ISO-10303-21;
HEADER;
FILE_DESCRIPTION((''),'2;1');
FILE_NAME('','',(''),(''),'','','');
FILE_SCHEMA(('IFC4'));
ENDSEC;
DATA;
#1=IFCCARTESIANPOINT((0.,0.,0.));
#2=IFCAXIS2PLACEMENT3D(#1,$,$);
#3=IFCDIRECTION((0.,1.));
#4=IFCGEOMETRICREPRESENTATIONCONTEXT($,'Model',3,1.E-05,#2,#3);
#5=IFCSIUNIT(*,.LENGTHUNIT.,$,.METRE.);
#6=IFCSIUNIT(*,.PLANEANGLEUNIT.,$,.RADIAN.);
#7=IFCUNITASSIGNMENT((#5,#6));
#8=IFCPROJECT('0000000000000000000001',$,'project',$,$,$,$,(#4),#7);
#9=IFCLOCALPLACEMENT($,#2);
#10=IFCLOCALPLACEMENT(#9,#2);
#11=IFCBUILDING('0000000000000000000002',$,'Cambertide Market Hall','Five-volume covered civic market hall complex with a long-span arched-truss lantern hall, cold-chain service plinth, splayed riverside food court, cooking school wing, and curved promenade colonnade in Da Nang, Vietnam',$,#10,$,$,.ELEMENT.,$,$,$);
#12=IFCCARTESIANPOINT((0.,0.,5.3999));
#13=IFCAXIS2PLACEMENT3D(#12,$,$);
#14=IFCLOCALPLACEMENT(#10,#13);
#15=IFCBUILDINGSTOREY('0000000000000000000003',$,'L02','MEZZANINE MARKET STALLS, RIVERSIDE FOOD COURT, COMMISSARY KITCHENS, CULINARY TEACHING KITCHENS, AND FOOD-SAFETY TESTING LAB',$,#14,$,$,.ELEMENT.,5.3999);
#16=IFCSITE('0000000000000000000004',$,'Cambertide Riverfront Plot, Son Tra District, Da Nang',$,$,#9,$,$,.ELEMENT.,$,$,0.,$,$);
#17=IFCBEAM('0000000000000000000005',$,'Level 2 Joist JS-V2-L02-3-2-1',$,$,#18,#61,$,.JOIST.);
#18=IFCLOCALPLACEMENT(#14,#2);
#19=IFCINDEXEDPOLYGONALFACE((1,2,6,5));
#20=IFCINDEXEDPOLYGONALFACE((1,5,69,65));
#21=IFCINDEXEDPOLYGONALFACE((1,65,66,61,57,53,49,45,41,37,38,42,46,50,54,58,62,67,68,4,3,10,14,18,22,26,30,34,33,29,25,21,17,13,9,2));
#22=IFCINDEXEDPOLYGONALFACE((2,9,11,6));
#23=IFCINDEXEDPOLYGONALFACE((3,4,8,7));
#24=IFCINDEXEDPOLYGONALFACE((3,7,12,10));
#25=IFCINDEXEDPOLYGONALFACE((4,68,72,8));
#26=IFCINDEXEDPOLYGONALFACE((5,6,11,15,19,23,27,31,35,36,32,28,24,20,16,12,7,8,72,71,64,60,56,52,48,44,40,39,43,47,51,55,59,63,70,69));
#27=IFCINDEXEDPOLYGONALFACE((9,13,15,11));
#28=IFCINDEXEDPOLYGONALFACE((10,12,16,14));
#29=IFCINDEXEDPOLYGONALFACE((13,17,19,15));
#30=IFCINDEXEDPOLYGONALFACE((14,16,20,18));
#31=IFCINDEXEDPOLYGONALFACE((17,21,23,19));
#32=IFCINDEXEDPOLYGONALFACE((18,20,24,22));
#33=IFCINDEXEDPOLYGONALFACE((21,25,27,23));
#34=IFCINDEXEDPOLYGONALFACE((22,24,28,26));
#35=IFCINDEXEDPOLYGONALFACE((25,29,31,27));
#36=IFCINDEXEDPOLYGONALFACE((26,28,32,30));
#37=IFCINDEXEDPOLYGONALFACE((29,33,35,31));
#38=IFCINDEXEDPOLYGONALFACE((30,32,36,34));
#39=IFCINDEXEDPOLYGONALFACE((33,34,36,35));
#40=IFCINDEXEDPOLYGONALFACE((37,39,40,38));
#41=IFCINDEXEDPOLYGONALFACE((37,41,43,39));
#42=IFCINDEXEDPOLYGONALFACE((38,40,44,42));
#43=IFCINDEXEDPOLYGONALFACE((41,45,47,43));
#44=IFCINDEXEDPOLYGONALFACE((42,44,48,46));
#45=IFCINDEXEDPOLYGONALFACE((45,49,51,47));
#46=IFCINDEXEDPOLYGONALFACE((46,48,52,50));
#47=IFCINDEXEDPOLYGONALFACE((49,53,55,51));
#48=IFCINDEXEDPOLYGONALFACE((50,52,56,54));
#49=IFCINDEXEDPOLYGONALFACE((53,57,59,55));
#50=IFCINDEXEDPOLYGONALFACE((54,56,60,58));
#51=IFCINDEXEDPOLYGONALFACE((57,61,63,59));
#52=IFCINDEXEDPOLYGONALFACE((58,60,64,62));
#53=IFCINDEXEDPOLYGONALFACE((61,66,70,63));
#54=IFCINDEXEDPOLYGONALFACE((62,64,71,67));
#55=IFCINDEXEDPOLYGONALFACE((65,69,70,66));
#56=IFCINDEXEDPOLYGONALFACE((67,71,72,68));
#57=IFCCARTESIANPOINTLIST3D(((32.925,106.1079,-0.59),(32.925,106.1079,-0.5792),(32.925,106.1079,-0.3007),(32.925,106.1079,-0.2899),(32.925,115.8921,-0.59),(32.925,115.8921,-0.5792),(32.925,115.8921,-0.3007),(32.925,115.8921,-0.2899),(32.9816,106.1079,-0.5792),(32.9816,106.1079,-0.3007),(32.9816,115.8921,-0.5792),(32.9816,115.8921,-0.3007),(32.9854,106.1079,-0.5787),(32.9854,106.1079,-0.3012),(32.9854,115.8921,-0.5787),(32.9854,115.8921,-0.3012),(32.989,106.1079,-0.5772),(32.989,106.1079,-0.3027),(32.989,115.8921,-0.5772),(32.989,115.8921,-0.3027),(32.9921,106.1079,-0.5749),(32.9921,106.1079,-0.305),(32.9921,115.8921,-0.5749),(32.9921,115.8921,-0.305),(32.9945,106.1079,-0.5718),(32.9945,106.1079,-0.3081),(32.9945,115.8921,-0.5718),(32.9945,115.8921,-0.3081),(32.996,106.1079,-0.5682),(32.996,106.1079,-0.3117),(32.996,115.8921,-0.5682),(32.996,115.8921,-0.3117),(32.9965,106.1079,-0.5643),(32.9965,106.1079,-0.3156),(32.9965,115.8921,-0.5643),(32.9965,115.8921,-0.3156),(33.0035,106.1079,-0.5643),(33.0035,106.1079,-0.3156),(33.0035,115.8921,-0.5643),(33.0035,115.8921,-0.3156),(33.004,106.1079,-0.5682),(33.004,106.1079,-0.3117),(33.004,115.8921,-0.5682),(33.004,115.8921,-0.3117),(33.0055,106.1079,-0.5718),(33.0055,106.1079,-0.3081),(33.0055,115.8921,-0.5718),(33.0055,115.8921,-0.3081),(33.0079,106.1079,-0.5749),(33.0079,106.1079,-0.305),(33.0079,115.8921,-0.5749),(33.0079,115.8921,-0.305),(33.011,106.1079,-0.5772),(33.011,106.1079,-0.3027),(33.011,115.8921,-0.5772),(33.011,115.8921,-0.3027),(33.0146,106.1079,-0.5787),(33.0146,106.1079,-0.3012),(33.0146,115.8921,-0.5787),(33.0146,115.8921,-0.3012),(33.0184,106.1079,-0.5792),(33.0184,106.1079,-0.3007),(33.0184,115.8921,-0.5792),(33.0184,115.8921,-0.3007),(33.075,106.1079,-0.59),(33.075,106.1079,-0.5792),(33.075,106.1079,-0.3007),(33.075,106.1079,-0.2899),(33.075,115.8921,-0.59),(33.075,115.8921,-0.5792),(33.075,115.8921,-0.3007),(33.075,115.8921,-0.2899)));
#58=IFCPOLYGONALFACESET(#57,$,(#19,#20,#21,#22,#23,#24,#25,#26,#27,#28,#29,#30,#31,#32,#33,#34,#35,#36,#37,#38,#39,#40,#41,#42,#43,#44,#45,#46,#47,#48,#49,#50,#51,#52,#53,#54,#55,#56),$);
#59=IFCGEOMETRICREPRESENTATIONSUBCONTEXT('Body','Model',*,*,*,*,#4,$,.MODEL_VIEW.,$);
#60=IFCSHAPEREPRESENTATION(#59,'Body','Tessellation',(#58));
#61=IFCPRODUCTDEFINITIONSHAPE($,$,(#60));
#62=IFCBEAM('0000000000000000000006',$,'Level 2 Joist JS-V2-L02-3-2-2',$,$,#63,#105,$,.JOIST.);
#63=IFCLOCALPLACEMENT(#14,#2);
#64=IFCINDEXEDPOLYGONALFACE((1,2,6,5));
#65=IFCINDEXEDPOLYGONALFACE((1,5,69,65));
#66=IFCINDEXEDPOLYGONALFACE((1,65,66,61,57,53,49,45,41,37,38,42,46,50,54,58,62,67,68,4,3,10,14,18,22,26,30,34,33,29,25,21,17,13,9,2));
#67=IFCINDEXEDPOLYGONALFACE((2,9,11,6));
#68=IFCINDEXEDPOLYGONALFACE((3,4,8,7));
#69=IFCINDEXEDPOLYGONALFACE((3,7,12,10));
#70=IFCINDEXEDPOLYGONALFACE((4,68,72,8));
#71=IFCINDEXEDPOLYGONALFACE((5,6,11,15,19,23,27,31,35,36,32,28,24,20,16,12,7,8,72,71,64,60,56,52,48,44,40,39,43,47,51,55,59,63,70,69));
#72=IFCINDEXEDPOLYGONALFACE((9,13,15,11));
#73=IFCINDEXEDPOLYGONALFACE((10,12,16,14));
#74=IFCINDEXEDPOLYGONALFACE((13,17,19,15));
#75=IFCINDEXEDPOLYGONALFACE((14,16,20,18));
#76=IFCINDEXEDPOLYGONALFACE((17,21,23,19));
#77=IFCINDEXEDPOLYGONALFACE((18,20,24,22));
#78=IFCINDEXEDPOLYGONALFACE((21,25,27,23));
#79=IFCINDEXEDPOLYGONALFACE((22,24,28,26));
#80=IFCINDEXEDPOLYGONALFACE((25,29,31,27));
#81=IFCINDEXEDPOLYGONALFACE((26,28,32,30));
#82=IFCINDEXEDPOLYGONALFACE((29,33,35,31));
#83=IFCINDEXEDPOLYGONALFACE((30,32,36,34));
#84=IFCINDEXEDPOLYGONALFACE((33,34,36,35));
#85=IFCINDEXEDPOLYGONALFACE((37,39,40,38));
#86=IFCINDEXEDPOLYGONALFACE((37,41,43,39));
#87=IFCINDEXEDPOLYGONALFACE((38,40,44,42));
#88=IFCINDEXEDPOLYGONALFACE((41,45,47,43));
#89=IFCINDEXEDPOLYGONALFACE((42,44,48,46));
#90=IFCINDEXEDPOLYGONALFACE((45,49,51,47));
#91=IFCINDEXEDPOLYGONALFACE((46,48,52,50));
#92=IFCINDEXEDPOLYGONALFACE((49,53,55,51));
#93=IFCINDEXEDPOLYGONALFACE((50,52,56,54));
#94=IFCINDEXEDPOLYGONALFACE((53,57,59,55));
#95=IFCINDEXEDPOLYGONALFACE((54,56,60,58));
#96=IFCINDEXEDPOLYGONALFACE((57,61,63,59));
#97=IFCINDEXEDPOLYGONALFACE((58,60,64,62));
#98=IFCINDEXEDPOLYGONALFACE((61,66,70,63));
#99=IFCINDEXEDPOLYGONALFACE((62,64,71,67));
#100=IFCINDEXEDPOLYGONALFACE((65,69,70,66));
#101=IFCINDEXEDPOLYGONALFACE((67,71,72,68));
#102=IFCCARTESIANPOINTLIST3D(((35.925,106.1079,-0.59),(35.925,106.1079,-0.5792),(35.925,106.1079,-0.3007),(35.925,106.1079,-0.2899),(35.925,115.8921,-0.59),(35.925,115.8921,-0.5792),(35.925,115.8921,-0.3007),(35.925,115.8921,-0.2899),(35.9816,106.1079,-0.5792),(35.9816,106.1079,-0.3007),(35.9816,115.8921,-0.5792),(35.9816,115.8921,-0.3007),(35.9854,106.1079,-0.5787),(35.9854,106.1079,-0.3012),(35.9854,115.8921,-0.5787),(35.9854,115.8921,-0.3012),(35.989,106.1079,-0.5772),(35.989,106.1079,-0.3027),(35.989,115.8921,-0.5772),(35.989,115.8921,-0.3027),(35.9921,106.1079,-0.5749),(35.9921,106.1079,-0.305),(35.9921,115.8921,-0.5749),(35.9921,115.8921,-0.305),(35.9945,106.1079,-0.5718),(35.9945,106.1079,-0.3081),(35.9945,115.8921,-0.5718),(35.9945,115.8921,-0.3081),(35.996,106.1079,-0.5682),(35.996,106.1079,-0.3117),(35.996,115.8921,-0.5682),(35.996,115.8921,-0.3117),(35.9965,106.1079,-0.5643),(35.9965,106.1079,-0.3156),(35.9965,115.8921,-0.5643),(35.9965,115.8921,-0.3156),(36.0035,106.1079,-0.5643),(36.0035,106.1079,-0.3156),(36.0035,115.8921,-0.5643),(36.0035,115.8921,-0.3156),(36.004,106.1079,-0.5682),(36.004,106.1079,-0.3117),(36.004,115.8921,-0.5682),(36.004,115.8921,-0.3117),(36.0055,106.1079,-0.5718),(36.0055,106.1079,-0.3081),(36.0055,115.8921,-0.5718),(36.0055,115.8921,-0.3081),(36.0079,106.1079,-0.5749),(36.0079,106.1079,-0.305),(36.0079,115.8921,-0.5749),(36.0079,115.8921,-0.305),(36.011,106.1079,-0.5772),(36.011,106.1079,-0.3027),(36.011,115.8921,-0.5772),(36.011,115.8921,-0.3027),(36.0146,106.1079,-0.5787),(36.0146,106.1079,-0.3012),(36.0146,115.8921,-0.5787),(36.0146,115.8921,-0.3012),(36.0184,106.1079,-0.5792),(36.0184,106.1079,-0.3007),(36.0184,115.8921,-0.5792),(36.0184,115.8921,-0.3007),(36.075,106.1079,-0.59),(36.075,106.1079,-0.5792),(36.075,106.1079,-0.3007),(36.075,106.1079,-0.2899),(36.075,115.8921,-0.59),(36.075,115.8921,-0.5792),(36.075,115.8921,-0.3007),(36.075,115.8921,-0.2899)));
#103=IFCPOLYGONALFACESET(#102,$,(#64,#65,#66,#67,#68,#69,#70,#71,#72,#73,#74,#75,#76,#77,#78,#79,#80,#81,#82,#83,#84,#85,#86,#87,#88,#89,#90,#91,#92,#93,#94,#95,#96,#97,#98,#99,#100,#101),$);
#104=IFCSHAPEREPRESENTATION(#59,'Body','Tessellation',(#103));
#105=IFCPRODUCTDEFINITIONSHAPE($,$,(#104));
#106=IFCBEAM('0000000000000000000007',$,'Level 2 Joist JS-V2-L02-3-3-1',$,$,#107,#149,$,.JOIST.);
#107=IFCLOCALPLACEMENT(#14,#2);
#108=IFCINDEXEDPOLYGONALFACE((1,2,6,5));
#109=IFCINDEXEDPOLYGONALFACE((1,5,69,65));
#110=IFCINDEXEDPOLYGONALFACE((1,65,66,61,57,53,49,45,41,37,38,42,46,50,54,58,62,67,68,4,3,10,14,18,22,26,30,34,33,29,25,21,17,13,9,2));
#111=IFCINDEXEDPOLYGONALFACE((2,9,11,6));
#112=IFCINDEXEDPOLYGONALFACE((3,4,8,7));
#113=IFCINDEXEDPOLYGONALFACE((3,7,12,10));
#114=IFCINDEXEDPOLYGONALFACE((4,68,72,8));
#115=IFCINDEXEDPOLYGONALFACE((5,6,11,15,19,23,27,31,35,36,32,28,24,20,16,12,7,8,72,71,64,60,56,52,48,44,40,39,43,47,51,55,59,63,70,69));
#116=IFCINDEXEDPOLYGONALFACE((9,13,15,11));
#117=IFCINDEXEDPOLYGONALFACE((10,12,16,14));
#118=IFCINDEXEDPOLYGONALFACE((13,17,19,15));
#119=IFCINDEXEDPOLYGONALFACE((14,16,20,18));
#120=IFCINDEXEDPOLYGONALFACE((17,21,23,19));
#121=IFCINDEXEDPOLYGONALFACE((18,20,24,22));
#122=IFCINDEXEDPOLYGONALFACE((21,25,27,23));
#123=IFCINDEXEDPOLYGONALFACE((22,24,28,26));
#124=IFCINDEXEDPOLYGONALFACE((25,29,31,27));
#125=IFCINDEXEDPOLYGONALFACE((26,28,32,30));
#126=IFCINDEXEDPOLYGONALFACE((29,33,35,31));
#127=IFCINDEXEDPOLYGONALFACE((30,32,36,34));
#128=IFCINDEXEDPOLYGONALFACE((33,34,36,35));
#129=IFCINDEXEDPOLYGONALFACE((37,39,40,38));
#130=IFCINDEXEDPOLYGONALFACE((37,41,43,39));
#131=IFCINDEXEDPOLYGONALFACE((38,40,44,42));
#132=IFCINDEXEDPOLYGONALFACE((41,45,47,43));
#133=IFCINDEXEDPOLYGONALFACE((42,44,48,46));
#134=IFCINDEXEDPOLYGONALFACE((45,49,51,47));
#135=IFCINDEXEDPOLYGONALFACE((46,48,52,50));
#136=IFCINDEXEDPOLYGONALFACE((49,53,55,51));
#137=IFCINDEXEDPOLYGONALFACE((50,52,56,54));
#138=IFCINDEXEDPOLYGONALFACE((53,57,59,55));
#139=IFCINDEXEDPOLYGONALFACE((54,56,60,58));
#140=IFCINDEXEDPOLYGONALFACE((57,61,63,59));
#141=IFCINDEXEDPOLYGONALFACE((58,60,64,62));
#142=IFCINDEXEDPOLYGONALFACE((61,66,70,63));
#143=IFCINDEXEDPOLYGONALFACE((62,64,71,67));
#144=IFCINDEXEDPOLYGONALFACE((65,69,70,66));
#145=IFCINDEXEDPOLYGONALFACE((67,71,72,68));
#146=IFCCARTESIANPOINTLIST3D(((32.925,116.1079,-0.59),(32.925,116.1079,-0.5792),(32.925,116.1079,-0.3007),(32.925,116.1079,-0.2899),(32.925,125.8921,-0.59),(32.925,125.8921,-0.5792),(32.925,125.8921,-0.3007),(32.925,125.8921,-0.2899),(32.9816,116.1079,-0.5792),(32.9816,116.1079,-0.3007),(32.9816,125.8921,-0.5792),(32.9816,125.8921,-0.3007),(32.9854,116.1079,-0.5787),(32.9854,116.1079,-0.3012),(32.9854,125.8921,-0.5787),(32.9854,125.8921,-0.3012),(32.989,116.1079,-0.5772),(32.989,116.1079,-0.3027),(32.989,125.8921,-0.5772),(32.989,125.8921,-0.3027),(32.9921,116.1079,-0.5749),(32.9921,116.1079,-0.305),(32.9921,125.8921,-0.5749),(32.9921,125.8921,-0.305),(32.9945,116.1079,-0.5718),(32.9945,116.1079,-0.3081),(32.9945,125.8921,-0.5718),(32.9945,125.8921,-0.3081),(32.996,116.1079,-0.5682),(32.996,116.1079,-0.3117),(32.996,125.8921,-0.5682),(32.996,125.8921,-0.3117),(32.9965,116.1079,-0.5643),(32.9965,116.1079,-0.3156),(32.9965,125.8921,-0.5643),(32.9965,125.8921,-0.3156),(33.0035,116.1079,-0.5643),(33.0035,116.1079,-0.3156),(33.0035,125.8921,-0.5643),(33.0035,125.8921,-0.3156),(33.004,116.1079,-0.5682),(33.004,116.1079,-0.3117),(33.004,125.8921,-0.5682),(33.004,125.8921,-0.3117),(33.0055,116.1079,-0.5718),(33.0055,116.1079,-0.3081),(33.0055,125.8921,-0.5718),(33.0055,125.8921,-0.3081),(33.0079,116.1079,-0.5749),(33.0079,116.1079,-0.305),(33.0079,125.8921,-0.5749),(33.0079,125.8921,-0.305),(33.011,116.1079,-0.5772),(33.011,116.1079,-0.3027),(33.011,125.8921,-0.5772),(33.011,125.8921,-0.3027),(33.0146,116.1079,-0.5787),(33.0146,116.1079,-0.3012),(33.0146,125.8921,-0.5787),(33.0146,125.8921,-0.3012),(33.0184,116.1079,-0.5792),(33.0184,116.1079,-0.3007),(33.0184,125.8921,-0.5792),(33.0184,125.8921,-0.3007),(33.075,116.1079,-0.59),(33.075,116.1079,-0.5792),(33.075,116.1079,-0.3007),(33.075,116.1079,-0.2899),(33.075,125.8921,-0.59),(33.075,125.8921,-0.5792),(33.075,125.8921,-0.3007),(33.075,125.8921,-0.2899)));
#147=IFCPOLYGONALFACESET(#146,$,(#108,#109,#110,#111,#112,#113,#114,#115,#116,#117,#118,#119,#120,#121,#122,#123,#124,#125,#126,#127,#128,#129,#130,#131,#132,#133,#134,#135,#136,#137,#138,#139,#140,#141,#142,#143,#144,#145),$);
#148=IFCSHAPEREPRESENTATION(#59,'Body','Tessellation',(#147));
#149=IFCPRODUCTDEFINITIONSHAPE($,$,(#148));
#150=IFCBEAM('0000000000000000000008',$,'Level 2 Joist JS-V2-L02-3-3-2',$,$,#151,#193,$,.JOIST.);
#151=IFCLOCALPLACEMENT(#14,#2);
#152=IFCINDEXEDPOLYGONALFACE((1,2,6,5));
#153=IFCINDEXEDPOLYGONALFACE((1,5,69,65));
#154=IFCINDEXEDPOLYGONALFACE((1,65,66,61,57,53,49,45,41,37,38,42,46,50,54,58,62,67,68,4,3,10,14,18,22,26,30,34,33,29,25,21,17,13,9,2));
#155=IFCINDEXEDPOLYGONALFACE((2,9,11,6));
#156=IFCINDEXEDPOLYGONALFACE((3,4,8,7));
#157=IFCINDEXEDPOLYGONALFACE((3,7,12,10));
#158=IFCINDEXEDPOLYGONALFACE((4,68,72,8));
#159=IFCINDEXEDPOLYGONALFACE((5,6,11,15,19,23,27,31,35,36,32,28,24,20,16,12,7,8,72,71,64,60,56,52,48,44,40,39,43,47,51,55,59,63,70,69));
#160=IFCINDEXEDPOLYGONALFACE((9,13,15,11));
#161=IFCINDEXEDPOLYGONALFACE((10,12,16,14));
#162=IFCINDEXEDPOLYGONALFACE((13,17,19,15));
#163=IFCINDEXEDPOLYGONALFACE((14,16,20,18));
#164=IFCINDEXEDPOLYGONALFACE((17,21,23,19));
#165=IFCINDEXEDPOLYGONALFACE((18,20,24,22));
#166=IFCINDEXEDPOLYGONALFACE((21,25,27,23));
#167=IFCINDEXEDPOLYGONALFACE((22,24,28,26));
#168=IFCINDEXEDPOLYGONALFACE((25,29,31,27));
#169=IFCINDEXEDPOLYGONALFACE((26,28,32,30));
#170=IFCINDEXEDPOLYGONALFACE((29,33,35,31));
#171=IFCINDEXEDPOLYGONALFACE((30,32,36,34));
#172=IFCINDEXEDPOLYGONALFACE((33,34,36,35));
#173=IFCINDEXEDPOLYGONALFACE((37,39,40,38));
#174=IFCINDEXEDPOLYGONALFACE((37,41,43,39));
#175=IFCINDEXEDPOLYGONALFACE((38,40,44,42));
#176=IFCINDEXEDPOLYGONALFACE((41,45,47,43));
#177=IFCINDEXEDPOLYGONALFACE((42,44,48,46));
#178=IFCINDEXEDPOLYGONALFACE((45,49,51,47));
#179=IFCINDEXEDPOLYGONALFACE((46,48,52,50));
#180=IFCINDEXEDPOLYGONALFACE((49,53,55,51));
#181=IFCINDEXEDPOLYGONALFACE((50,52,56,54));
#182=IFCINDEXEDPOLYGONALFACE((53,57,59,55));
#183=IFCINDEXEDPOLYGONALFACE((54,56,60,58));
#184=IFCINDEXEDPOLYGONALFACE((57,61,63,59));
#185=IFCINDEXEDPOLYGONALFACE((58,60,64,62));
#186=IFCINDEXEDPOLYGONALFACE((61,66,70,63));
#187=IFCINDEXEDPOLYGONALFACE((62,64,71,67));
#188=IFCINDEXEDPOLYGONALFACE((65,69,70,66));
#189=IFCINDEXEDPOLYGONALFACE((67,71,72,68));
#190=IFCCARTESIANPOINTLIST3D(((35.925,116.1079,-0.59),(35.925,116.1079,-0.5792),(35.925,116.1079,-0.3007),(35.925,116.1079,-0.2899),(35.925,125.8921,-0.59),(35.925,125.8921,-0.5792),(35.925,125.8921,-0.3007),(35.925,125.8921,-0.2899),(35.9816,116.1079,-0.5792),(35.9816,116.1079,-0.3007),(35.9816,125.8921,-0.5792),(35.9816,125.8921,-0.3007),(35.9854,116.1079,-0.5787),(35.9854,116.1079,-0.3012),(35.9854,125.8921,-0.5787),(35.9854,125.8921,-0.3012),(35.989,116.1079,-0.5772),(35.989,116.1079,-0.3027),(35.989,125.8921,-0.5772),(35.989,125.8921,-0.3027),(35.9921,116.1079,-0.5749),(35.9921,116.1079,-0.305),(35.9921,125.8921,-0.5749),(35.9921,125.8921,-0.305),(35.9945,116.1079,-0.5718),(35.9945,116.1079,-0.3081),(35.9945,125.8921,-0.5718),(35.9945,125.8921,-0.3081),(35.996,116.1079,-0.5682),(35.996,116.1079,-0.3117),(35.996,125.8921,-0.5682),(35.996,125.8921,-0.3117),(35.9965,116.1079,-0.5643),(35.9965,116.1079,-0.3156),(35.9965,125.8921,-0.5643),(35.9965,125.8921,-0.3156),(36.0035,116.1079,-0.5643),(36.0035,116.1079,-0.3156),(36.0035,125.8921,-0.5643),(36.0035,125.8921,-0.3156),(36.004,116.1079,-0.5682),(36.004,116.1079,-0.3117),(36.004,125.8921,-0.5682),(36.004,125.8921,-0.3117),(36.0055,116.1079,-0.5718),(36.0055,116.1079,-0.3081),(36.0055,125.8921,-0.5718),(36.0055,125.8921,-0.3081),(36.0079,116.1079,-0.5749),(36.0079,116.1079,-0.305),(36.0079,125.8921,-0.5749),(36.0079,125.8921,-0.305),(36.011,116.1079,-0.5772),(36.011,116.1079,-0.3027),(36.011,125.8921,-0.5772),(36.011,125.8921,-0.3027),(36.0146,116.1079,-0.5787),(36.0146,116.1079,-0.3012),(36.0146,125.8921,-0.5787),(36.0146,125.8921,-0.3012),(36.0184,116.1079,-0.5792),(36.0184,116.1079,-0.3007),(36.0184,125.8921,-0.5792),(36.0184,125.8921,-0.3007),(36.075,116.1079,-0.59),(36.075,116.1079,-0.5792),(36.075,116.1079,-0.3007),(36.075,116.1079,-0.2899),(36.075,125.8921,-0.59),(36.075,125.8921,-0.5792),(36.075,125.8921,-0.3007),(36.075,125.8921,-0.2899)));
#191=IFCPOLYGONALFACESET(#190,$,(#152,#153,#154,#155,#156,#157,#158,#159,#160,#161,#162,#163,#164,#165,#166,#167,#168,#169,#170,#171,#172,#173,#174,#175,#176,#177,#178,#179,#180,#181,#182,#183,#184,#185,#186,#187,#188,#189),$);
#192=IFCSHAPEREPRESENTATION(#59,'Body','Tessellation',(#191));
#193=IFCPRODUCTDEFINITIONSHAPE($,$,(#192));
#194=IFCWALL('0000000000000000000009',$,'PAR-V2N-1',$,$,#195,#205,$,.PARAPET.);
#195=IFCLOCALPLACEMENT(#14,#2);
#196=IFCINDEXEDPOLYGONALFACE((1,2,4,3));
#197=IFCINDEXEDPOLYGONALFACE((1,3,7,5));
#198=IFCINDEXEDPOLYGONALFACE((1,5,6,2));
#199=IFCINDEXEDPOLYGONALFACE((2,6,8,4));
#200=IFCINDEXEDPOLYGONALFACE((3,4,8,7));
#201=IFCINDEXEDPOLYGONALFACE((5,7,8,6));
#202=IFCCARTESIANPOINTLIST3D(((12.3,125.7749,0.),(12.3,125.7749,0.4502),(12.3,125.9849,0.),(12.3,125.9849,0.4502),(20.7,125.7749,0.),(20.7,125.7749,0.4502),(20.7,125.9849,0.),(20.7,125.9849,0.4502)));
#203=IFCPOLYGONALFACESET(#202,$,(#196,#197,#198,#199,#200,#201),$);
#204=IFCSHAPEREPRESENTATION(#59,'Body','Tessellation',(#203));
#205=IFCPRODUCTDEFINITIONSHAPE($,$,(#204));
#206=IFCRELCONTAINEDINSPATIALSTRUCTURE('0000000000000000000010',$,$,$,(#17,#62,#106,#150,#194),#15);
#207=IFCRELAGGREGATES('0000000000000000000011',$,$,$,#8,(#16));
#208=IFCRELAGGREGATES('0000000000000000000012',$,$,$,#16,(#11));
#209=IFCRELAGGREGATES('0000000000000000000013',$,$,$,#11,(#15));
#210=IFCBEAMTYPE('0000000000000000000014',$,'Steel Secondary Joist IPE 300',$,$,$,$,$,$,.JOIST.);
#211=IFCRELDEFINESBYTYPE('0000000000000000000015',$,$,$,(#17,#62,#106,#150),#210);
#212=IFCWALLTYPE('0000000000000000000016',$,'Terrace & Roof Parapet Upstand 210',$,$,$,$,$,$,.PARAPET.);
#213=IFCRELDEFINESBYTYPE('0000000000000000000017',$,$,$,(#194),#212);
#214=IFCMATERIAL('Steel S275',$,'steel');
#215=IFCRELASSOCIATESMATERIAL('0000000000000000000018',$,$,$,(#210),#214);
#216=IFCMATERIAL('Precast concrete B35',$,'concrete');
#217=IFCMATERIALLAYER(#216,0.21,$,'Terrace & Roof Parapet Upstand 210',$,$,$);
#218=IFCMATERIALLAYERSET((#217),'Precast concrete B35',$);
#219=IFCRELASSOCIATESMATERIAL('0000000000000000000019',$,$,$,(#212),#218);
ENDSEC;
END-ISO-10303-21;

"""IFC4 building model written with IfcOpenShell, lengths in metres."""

from ifc_helpers import new_model, si_unit, direction, frame, frame_2d, origin, origin_2d, place, context, subcontext, project, spatial, rectangle, i_section, extrude, material, layer, layer_set, material_profile, profile_set, type_object, element, save


model = new_model("IFC4")

# Units and contexts
model_context = context("Model", 3, precision=1e-05, world=origin(), true_north=direction((0.0, 1.0)))
body_context = subcontext(model_context, "Body", "Model", "MODEL_VIEW")
ifc_project = project(units=[si_unit("LENGTHUNIT", "METRE"), si_unit("PLANEANGLEUNIT", "RADIAN")], contexts=[model_context])

# Site, building, storey
site_placement = place(None, origin())
site = spatial("IfcSite", under=ifc_project, at=site_placement, Name="Cambertide Riverfront Plot, Son Tra District, Da Nang", CompositionType="ELEMENT", RefElevation=0.0)
building_placement = place(site_placement, origin())
building = spatial("IfcBuilding", under=site, at=building_placement, Name="Cambertide Market Hall", Description="Five-volume covered civic market hall complex with a long-span arched-truss lantern hall, cold-chain service plinth, splayed riverside food court, cooking school wing, and curved promenade colonnade in Da Nang, Vietnam", CompositionType="ELEMENT")
storey_placement = place(building_placement, frame((0.0, 0.0, 5.3999)))
storey = spatial("IfcBuildingStorey", under=building, at=storey_placement, Name="L02", Description="MEZZANINE MARKET STALLS, RIVERSIDE FOOD COURT, COMMISSARY KITCHENS, CULINARY TEACHING KITCHENS, AND FOOD-SAFETY TESTING LAB", CompositionType="ELEMENT", Elevation=5.3999)

# Beams
ifc_material_1 = material(Name="Steel S275", Category="steel")
ifc_material_profile_1 = material_profile(ifc_material_1, i_section(OverallWidth=0.1499, OverallDepth=0.3, WebThickness=0.0071, FlangeThickness=0.0107, FilletRadius=0.0149, at=origin_2d()), Name="IPE 300")
ifc_profile_set_1 = profile_set([ifc_material_profile_1], Name="Steel S275")
beam_type_1 = type_object("IfcBeamType", Name="Steel Secondary Joist IPE 300", PredefinedType="JOIST", material=ifc_profile_set_1)
for number, where, z_axis, x_axis, name in (
    (1, (33.0, 106.1079, -0.4399), (0.0, 1.0, 0.0), (-1.0, 0.0, 0.0), "Level 2 Joist JS-V2-L02-3-2-1"),
    (2, (36.0, 106.1079, -0.4399), (0.0, 1.0, 0.0), (-1.0, 0.0, 0.0), "Level 2 Joist JS-V2-L02-3-2-2"),
    (3, (33.0, 116.1079, -0.4399), (0.0, 1.0, 0.0), (-1.0, 0.0, 0.0), "Level 2 Joist JS-V2-L02-3-3-1"),
    (4, (36.0, 116.1079, -0.4399), (0.0, 1.0, 0.0), (-1.0, 0.0, 0.0), "Level 2 Joist JS-V2-L02-3-3-2"),
):
    element("IfcBeam", number, at=place(storey_placement, frame(where, z_axis=z_axis, x_axis=x_axis)), inside=storey, type_object=beam_type_1, Name=name, PredefinedType="JOIST", context=body_context, shape_type="SweptSolid", body=[
        extrude(i_section(OverallWidth=0.1499, OverallDepth=0.3, WebThickness=0.0071, FlangeThickness=0.0107, FilletRadius=0.0149, at=origin_2d()), origin(), (0.0, 0.0, 1.0), 9.7842),
    ])

# Wall
ifc_material_2 = material(Name="Precast concrete B35", Category="concrete")
ifc_layer = layer(ifc_material_2, 0.21, Name="Terrace & Roof Parapet Upstand 210")
ifc_layer_set = layer_set([ifc_layer], Name="Precast concrete B35")
wall_type = type_object("IfcWallType", Name="Terrace & Roof Parapet Upstand 210", PredefinedType="PARAPET", material=ifc_layer_set)
for number, where, z_axis, x_axis, name in (
    (5, (12.3, 125.8799, 0.0), (0.0, 0.0, 1.0), (1.0, 0.0, 0.0), "PAR-V2N-1"),
):
    element("IfcWall", number, at=place(storey_placement, frame(where, z_axis=z_axis, x_axis=x_axis)), inside=storey, type_object=wall_type, Name=name, PredefinedType="PARAPET", context=body_context, shape_type="SweptSolid", body=[
        extrude(rectangle(XDim=8.3999, YDim=0.21, at=frame_2d((4.2, 0.0))), origin(), (0.0, 0.0, 1.0), 0.4502),
    ])

save(model, "model.ifc")
